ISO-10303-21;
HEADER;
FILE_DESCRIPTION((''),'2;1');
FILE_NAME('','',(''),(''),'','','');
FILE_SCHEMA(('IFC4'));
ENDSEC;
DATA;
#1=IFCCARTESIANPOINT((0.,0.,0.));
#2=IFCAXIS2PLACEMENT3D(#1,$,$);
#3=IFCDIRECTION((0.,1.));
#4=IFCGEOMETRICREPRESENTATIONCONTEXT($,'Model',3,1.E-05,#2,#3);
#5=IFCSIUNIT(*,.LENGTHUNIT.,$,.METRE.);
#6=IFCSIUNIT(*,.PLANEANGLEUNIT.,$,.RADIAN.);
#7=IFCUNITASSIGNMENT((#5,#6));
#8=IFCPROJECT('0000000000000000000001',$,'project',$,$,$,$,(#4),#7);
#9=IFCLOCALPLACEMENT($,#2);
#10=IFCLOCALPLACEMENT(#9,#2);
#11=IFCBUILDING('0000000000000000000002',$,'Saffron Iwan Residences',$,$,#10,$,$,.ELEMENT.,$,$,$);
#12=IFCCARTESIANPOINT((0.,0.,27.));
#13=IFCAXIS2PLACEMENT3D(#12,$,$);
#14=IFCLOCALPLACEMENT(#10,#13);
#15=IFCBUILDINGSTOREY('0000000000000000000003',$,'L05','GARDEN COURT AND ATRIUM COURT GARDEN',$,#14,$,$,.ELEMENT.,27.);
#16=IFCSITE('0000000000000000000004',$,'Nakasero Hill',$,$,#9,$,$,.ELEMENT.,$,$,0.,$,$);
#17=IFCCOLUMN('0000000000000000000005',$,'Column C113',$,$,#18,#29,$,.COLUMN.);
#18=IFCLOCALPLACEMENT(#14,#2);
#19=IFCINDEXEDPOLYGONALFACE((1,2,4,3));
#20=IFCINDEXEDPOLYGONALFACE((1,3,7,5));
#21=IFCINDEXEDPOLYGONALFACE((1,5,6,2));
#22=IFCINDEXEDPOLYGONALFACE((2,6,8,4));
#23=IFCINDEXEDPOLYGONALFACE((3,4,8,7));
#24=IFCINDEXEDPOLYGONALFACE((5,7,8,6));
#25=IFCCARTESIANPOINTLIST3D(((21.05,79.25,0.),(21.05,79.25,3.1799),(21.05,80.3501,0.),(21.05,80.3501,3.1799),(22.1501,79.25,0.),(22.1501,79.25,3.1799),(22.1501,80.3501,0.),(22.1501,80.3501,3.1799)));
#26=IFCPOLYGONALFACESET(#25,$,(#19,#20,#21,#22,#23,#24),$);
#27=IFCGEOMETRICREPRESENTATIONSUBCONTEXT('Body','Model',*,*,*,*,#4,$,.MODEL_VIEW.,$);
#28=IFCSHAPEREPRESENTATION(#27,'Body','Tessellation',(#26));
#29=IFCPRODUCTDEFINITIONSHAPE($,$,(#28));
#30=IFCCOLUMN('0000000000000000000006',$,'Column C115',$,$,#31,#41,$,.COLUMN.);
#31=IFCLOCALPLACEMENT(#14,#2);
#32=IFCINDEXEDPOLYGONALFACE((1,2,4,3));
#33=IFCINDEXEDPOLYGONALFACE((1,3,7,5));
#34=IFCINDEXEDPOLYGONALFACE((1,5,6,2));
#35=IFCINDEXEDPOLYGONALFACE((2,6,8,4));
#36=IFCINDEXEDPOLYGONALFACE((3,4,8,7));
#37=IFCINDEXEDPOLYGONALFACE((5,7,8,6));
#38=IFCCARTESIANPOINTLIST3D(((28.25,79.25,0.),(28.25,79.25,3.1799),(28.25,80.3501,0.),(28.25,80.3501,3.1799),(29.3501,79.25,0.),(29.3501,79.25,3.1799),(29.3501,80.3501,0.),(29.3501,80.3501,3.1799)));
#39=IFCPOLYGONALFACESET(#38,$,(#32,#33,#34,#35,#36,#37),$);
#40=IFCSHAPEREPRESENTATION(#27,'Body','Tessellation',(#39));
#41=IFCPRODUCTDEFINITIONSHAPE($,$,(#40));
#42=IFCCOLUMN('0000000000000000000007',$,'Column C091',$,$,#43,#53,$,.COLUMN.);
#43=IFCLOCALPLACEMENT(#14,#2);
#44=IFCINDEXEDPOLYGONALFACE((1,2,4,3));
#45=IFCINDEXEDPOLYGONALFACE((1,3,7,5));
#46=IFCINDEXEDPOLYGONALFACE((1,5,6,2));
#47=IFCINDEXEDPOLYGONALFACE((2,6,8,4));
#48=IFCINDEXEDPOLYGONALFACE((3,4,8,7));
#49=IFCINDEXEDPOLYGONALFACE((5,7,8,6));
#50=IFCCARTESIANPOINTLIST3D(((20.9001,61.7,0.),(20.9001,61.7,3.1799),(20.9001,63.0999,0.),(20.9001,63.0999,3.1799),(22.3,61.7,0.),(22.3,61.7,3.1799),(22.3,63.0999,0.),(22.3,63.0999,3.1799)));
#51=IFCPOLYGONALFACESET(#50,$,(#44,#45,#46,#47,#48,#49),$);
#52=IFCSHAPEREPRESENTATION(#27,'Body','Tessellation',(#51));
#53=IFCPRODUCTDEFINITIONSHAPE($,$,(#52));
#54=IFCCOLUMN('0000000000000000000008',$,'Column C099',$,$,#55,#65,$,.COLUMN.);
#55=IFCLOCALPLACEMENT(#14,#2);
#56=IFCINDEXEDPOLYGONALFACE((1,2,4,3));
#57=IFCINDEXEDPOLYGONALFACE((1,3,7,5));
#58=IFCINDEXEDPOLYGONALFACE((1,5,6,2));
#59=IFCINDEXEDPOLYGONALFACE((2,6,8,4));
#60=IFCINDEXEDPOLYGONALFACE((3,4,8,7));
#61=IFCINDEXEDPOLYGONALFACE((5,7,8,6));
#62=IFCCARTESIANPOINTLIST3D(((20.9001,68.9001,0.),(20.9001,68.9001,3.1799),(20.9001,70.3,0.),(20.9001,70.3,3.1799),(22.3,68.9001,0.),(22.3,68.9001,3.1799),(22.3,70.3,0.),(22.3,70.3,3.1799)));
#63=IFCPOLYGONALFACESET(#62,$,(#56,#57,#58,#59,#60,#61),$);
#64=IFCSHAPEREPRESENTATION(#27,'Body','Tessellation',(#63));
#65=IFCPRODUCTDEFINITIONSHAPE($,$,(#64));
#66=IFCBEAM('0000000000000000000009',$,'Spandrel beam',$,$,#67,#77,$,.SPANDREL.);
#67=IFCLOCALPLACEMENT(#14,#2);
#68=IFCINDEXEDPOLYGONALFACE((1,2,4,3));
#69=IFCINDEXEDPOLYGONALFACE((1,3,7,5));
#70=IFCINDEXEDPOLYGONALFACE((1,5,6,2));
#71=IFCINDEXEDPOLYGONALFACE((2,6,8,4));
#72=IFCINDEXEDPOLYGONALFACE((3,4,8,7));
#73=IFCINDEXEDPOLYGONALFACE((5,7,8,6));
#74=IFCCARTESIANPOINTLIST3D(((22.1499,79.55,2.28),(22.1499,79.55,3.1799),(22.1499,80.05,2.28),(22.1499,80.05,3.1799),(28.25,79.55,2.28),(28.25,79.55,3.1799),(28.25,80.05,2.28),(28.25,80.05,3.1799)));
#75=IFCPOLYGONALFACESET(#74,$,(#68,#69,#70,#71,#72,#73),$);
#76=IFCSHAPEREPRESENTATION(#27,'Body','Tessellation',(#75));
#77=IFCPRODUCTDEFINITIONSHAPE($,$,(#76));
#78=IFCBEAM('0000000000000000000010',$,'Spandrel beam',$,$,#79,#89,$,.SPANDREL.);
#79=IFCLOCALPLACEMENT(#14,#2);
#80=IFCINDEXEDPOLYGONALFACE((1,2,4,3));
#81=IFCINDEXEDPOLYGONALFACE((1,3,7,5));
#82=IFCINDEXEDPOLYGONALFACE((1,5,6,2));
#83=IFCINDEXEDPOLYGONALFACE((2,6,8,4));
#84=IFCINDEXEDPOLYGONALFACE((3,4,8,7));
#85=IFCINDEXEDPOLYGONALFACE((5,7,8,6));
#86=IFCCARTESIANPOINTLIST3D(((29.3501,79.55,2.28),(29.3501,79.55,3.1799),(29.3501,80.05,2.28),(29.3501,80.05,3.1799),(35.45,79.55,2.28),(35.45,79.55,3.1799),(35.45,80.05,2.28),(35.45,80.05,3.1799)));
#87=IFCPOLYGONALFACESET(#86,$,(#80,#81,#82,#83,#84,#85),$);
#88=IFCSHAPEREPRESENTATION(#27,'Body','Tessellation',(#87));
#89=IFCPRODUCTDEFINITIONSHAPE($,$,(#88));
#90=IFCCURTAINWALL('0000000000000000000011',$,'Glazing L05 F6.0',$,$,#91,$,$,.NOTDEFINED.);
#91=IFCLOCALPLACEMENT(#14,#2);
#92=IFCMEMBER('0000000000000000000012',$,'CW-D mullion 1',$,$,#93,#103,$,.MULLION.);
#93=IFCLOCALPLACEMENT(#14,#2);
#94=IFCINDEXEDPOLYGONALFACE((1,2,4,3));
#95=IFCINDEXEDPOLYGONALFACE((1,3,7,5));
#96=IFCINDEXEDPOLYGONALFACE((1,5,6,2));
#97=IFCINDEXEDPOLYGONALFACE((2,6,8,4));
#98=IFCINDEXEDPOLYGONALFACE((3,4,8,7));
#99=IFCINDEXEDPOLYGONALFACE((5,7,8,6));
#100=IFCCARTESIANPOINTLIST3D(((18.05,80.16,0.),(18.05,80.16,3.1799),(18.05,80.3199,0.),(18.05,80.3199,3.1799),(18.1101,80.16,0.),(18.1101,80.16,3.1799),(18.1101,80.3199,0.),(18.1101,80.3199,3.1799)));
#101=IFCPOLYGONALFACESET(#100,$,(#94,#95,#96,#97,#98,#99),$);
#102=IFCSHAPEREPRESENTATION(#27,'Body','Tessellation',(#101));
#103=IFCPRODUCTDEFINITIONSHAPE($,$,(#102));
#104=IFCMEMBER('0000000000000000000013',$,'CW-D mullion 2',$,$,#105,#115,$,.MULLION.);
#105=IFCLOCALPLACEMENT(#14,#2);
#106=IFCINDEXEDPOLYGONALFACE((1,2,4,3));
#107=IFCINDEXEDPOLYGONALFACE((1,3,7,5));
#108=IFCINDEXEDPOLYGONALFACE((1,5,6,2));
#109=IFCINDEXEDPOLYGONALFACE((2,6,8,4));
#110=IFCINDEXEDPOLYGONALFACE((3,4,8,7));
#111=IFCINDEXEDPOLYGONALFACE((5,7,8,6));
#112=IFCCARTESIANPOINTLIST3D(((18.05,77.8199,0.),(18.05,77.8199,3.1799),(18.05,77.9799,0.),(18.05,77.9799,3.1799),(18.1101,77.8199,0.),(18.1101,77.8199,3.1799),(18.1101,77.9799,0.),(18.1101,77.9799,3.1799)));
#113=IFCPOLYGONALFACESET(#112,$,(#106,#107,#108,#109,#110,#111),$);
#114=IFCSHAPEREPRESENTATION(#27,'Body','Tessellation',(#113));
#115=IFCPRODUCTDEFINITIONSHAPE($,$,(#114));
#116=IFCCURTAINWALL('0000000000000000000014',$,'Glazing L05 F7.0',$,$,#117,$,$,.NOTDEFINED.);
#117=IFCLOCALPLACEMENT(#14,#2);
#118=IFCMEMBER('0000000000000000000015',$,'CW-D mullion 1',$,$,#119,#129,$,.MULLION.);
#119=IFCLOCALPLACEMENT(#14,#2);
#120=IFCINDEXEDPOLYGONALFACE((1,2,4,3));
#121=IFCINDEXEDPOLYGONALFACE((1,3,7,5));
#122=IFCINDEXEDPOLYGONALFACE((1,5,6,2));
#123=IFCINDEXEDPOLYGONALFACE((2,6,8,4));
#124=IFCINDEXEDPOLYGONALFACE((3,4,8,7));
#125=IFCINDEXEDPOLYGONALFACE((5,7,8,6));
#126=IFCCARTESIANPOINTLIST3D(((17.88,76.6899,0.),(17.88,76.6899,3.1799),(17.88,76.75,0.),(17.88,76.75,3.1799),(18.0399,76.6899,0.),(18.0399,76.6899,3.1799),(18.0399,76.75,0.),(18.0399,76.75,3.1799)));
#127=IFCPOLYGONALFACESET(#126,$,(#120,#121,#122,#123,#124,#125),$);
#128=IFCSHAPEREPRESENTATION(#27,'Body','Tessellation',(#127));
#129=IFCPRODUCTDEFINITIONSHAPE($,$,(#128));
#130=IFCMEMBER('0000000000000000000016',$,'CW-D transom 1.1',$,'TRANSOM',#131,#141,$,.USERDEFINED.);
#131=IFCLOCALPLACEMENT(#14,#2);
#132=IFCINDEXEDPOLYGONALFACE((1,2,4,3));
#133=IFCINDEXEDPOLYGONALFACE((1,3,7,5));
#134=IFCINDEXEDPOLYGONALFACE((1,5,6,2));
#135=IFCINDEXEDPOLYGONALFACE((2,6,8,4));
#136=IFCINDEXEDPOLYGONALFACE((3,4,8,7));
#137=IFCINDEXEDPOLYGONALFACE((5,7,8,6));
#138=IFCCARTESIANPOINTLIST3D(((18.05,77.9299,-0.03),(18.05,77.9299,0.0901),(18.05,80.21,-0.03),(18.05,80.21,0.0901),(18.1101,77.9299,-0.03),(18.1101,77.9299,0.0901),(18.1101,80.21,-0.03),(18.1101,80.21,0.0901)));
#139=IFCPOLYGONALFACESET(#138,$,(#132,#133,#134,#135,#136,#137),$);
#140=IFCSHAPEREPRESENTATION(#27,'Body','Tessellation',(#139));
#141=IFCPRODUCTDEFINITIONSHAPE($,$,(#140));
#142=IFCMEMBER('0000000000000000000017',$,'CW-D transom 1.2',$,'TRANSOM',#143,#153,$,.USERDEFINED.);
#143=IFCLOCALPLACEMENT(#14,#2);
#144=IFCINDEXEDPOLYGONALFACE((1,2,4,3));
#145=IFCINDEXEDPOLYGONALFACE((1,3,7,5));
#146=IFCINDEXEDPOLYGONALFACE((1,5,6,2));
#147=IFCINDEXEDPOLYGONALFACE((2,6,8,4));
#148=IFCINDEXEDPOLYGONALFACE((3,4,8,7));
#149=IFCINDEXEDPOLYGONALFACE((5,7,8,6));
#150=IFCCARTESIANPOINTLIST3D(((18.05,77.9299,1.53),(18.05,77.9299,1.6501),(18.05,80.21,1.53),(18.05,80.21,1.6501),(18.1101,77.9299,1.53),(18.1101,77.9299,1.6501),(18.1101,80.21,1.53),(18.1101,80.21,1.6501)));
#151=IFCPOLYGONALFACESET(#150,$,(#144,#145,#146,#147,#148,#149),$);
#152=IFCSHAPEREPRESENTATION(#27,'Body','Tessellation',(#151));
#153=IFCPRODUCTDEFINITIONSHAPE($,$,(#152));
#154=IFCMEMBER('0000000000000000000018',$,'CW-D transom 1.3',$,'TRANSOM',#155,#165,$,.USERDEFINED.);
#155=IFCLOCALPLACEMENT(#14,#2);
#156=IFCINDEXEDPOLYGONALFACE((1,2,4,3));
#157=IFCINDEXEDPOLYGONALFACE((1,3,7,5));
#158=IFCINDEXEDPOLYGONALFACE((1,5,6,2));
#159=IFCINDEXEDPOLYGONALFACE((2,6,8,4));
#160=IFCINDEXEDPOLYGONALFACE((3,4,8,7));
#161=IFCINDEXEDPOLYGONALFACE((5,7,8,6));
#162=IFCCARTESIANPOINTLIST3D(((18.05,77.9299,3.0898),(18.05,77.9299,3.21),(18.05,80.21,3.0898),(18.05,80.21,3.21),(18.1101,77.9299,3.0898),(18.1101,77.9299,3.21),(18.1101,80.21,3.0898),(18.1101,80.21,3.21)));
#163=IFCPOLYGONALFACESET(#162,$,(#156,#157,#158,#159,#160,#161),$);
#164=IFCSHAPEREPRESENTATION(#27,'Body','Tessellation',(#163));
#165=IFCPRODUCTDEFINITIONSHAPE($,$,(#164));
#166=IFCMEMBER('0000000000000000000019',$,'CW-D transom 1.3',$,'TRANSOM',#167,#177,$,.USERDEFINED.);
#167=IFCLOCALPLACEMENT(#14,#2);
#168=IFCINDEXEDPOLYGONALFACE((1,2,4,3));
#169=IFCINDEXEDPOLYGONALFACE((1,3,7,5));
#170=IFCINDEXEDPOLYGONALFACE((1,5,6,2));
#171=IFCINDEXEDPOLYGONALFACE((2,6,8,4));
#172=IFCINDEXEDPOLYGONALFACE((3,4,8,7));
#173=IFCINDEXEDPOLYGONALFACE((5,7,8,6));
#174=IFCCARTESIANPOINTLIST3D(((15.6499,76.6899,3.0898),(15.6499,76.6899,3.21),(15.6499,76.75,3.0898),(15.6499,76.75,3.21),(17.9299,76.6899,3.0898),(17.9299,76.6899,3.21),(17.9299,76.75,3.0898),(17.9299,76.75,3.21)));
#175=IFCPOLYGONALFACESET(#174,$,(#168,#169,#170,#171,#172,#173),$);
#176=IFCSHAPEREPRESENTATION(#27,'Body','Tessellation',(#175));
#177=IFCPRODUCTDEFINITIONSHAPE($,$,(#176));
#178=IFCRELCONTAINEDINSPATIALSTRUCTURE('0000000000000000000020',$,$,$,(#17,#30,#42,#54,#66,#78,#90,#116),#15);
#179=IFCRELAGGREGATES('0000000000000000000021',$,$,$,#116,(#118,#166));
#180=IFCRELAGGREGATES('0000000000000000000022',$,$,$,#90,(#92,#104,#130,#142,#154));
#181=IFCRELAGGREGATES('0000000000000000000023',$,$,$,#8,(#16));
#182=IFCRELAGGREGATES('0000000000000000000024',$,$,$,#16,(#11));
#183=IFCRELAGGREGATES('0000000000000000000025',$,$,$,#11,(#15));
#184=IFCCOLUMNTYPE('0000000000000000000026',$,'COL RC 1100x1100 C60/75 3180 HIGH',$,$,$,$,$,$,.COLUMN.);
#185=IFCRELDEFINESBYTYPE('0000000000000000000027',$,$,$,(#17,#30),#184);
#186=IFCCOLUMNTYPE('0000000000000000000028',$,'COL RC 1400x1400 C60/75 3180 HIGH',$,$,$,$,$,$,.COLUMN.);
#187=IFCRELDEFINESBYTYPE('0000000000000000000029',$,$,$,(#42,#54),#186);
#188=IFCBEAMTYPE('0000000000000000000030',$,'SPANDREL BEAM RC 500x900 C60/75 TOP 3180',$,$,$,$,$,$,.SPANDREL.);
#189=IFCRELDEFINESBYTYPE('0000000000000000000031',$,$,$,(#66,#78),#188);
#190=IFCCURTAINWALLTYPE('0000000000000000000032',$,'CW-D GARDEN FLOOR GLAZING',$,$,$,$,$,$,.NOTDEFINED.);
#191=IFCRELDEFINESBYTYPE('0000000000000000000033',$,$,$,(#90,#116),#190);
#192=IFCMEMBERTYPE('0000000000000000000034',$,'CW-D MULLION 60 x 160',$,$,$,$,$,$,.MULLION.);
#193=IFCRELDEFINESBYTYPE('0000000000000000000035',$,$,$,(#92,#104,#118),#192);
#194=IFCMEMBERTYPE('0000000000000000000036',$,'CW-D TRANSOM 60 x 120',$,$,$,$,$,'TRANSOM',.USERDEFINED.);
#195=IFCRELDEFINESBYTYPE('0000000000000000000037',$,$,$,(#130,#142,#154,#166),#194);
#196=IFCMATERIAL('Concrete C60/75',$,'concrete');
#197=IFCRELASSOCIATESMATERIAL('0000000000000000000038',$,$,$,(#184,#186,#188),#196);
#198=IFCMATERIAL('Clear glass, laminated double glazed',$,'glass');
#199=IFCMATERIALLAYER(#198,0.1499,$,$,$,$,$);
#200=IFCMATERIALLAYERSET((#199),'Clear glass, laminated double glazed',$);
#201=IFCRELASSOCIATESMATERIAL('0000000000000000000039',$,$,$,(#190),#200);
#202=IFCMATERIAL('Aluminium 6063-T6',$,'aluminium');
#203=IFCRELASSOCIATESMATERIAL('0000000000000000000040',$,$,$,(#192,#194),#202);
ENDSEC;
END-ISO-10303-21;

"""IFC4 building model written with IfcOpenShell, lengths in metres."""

from ifc_helpers import new_model, si_unit, direction, frame, origin, origin_2d, place, context, subcontext, project, spatial, rectangle, extrude, source, transform, mapped, material, layer, layer_set, material_profile, profile_set, type_object, element, aggregate, save


model = new_model("IFC4")

# Units and contexts
model_context = context("Model", 3, precision=1e-05, world=origin(), true_north=direction((0.0, 1.0)))
body_context = subcontext(model_context, "Body", "Model", "MODEL_VIEW")
ifc_project = project(units=[si_unit("LENGTHUNIT", "METRE"), si_unit("PLANEANGLEUNIT", "RADIAN")], contexts=[model_context])

# Site, building, storey
site_placement = place(None, origin())
site = spatial("IfcSite", under=ifc_project, at=site_placement, Name="Nakasero Hill", CompositionType="ELEMENT", RefElevation=0.0)
building_placement = place(site_placement, origin())
building = spatial("IfcBuilding", under=site, at=building_placement, Name="Saffron Iwan Residences", CompositionType="ELEMENT")
storey_placement = place(building_placement, frame((0.0, 0.0, 27.0)))
storey = spatial("IfcBuildingStorey", under=building, at=storey_placement, Name="L05", Description="GARDEN COURT AND ATRIUM COURT GARDEN", CompositionType="ELEMENT", Elevation=27.0)

# Columns
ifc_material_1 = material(Name="Concrete C60/75", Category="concrete")
ifc_material_profile_1 = material_profile(ifc_material_1, rectangle(XDim=1.1001, YDim=1.1001, at=origin_2d()), Name="RC 1100x1100")
ifc_profile_set_1 = profile_set([ifc_material_profile_1], Name="Concrete C60/75")
column_type_1 = type_object("IfcColumnType", Name="COL RC 1100x1100 C60/75 3180 HIGH", PredefinedType="COLUMN", material=ifc_profile_set_1)
shared_shape_1 = source(origin(), body_context, "Body", "SweptSolid", [
    extrude(rectangle(XDim=1.1001, YDim=1.1001, at=origin_2d()), origin(), (0.0, 0.0, 1.0), 3.1799),
])
for number, where, z_axis, x_axis, name in (
    (1, (21.6001, 79.8, 0.0), (0.0, 0.0, 1.0), (1.0, 0.0, 0.0), "Column C113"),
    (2, (28.8, 79.8, 0.0), (0.0, 0.0, 1.0), (1.0, 0.0, 0.0), "Column C115"),
):
    element("IfcColumn", number, at=place(storey_placement, frame(where, z_axis=z_axis, x_axis=x_axis)), inside=storey, type_object=column_type_1, Name=name, PredefinedType="COLUMN", context=body_context, shape_type="MappedRepresentation", body=[
        mapped(shared_shape_1, transform((0.0, 0.0, 0.0))),
    ])
ifc_material_profile_2 = material_profile(ifc_material_1, rectangle(XDim=1.3999, YDim=1.3999, at=origin_2d()), Name="RC 1400x1400")
ifc_profile_set_2 = profile_set([ifc_material_profile_2], Name="Concrete C60/75")
column_type_2 = type_object("IfcColumnType", Name="COL RC 1400x1400 C60/75 3180 HIGH", PredefinedType="COLUMN", material=ifc_profile_set_2)
shared_shape_2 = source(origin(), body_context, "Body", "SweptSolid", [
    extrude(rectangle(XDim=1.3999, YDim=1.3999, at=origin_2d()), origin(), (0.0, 0.0, 1.0), 3.1799),
])
for number, where, z_axis, x_axis, name in (
    (3, (21.6001, 62.3999, 0.0), (0.0, 0.0, 1.0), (1.0, 0.0, 0.0), "Column C091"),
    (4, (21.6001, 69.6001, 0.0), (0.0, 0.0, 1.0), (1.0, 0.0, 0.0), "Column C099"),
):
    element("IfcColumn", number, at=place(storey_placement, frame(where, z_axis=z_axis, x_axis=x_axis)), inside=storey, type_object=column_type_2, Name=name, PredefinedType="COLUMN", context=body_context, shape_type="MappedRepresentation", body=[
        mapped(shared_shape_2, transform((0.0, 0.0, 0.0))),
    ])

# Beams
ifc_material_profile_3 = material_profile(ifc_material_1, rectangle(XDim=0.5, YDim=0.8999, at=origin_2d()), Name="RC 500x900")
ifc_profile_set_3 = profile_set([ifc_material_profile_3], Name="Concrete C60/75")
beam_type = type_object("IfcBeamType", Name="SPANDREL BEAM RC 500x900 C60/75 TOP 3180", PredefinedType="SPANDREL", material=ifc_profile_set_3)
shared_shape_3 = source(origin(), body_context, "Body", "SweptSolid", [
    extrude(rectangle(XDim=0.5, YDim=0.8999, at=origin_2d()), origin(), (0.0, 0.0, 1.0), 6.1001),
])
beam_1_placement = place(storey_placement, frame((22.1499, 79.8, 2.73), z_axis=(1.0, 0.0, 0.0), x_axis=(0.0, 1.0, 0.0)))
element("IfcBeam", 5, at=beam_1_placement, inside=storey, type_object=beam_type, Name="Spandrel beam", PredefinedType="SPANDREL", context=body_context, shape_type="MappedRepresentation", body=[
    mapped(shared_shape_3, transform((0.0, 0.0, 0.0))),
])
shared_shape_4 = source(origin(), body_context, "Body", "SweptSolid", [
    extrude(rectangle(XDim=0.5, YDim=0.8999, at=origin_2d()), origin(), (0.0, 0.0, 1.0), 6.0999),
])
beam_2_placement = place(storey_placement, frame((29.3501, 79.8, 2.73), z_axis=(1.0, 0.0, 0.0), x_axis=(0.0, 1.0, 0.0)))
element("IfcBeam", 6, at=beam_2_placement, inside=storey, type_object=beam_type, Name="Spandrel beam", PredefinedType="SPANDREL", context=body_context, shape_type="MappedRepresentation", body=[
    mapped(shared_shape_4, transform((0.0, 0.0, 0.0))),
])

# Curtain wall, members
ifc_material_2 = material(Name="Clear glass, laminated double glazed", Category="glass")
ifc_layer_1 = layer(ifc_material_2, 0.1499)
ifc_layer_set_1 = layer_set([ifc_layer_1], Name="Clear glass, laminated double glazed")
curtain_wall_type = type_object("IfcCurtainWallType", Name="CW-D GARDEN FLOOR GLAZING", PredefinedType="NOTDEFINED", material=ifc_layer_set_1)
curtain_wall_1_placement = place(storey_placement, origin())
curtain_wall_1 = element("IfcCurtainWall", 7, at=curtain_wall_1_placement, inside=storey, type_object=curtain_wall_type, Name="Glazing L05 F6.0", PredefinedType="NOTDEFINED")
ifc_material_3 = material(Name="Aluminium 6063-T6", Category="aluminium")
ifc_material_profile_4 = material_profile(ifc_material_3, rectangle(XDim=0.0601, YDim=0.1599, at=origin_2d()), Name="CW-D MULLION 60 x 160")
ifc_profile_set_4 = profile_set([ifc_material_profile_4], Name="Aluminium 6063-T6")
member_type_1 = type_object("IfcMemberType", Name="CW-D MULLION 60 x 160", PredefinedType="MULLION", material=ifc_profile_set_4)
shared_shape_5 = source(origin(), body_context, "Body", "SweptSolid", [
    extrude(rectangle(XDim=0.0601, YDim=0.1599, at=origin_2d()), origin(), (0.0, 0.0, 1.0), 3.1799),
])
member_1_placement = place(storey_placement, frame((18.0801, 80.24, 0.0), z_axis=(0.0, 0.0, 1.0), x_axis=(1.0, 0.0, 0.0)))
member_1 = element("IfcMember", 8, at=member_1_placement, type_object=member_type_1, Name="CW-D mullion 1", PredefinedType="MULLION", context=body_context, shape_type="MappedRepresentation", body=[
    mapped(shared_shape_5, transform((0.0, 0.0, 0.0))),
])
member_2_placement = place(storey_placement, frame((18.0801, 77.8999, 0.0), z_axis=(0.0, 0.0, 1.0), x_axis=(1.0, 0.0, 0.0)))
member_2 = element("IfcMember", 9, at=member_2_placement, type_object=member_type_1, Name="CW-D mullion 2", PredefinedType="MULLION", context=body_context, shape_type="MappedRepresentation", body=[
    mapped(shared_shape_5, transform((0.0, 0.0, 0.0))),
])

# Curtain wall, member
curtain_wall_2_placement = place(storey_placement, origin())
curtain_wall_2 = element("IfcCurtainWall", 10, at=curtain_wall_2_placement, inside=storey, type_object=curtain_wall_type, Name="Glazing L05 F7.0", PredefinedType="NOTDEFINED")
member_3_placement = place(storey_placement, frame((17.96, 76.72, 0.0), z_axis=(0.0, 0.0, 1.0), x_axis=(0.0, -1.0, 0.0)))
member_3 = element("IfcMember", 11, at=member_3_placement, type_object=member_type_1, Name="CW-D mullion 1", PredefinedType="MULLION", context=body_context, shape_type="MappedRepresentation", body=[
    mapped(shared_shape_5, transform((0.0, 0.0, 0.0))),
])

# Members
ifc_material_profile_5 = material_profile(ifc_material_3, rectangle(XDim=0.0601, YDim=0.1201, at=origin_2d()), Name="CW-D TRANSOM 60 x 120")
ifc_profile_set_5 = profile_set([ifc_material_profile_5], Name="Aluminium 6063-T6")
member_type_2 = type_object("IfcMemberType", Name="CW-D TRANSOM 60 x 120", ElementType="TRANSOM", PredefinedType="USERDEFINED", material=ifc_profile_set_5)
shared_shape_6 = source(origin(), body_context, "Body", "SweptSolid", [
    extrude(rectangle(XDim=0.0601, YDim=0.1201, at=origin_2d()), origin(), (0.0, 0.0, 1.0), 2.28),
])
member_4_placement = place(storey_placement, frame((18.0801, 80.21, 0.03), z_axis=(0.0, -1.0, 0.0), x_axis=(1.0, 0.0, 0.0)))
member_4 = element("IfcMember", 12, at=member_4_placement, type_object=member_type_2, Name="CW-D transom 1.1", ObjectType="TRANSOM", PredefinedType="USERDEFINED", context=body_context, shape_type="MappedRepresentation", body=[
    mapped(shared_shape_6, transform((0.0, 0.0, 0.0))),
])
member_5_placement = place(storey_placement, frame((18.0801, 80.21, 1.5901), z_axis=(0.0, -1.0, 0.0), x_axis=(1.0, 0.0, 0.0)))
member_5 = element("IfcMember", 13, at=member_5_placement, type_object=member_type_2, Name="CW-D transom 1.2", ObjectType="TRANSOM", PredefinedType="USERDEFINED", context=body_context, shape_type="MappedRepresentation", body=[
    mapped(shared_shape_6, transform((0.0, 0.0, 0.0))),
])
member_6_placement = place(storey_placement, frame((18.0801, 80.21, 3.1499), z_axis=(0.0, -1.0, 0.0), x_axis=(1.0, 0.0, 0.0)))
member_6 = element("IfcMember", 14, at=member_6_placement, type_object=member_type_2, Name="CW-D transom 1.3", ObjectType="TRANSOM", PredefinedType="USERDEFINED", context=body_context, shape_type="MappedRepresentation", body=[
    mapped(shared_shape_6, transform((0.0, 0.0, 0.0))),
])
member_7_placement = place(storey_placement, frame((17.9299, 76.72, 3.1499), z_axis=(-1.0, 0.0, 0.0), x_axis=(0.0, -1.0, 0.0)))
member_7 = element("IfcMember", 15, at=member_7_placement, type_object=member_type_2, Name="CW-D transom 1.3", ObjectType="TRANSOM", PredefinedType="USERDEFINED", context=body_context, shape_type="MappedRepresentation", body=[
    mapped(shared_shape_6, transform((0.0, 0.0, 0.0))),
])
aggregate(curtain_wall_2, [member_3, member_7])

aggregate(curtain_wall_1, [member_1, member_2, member_4, member_5, member_6])

save(model, "model.ifc")
